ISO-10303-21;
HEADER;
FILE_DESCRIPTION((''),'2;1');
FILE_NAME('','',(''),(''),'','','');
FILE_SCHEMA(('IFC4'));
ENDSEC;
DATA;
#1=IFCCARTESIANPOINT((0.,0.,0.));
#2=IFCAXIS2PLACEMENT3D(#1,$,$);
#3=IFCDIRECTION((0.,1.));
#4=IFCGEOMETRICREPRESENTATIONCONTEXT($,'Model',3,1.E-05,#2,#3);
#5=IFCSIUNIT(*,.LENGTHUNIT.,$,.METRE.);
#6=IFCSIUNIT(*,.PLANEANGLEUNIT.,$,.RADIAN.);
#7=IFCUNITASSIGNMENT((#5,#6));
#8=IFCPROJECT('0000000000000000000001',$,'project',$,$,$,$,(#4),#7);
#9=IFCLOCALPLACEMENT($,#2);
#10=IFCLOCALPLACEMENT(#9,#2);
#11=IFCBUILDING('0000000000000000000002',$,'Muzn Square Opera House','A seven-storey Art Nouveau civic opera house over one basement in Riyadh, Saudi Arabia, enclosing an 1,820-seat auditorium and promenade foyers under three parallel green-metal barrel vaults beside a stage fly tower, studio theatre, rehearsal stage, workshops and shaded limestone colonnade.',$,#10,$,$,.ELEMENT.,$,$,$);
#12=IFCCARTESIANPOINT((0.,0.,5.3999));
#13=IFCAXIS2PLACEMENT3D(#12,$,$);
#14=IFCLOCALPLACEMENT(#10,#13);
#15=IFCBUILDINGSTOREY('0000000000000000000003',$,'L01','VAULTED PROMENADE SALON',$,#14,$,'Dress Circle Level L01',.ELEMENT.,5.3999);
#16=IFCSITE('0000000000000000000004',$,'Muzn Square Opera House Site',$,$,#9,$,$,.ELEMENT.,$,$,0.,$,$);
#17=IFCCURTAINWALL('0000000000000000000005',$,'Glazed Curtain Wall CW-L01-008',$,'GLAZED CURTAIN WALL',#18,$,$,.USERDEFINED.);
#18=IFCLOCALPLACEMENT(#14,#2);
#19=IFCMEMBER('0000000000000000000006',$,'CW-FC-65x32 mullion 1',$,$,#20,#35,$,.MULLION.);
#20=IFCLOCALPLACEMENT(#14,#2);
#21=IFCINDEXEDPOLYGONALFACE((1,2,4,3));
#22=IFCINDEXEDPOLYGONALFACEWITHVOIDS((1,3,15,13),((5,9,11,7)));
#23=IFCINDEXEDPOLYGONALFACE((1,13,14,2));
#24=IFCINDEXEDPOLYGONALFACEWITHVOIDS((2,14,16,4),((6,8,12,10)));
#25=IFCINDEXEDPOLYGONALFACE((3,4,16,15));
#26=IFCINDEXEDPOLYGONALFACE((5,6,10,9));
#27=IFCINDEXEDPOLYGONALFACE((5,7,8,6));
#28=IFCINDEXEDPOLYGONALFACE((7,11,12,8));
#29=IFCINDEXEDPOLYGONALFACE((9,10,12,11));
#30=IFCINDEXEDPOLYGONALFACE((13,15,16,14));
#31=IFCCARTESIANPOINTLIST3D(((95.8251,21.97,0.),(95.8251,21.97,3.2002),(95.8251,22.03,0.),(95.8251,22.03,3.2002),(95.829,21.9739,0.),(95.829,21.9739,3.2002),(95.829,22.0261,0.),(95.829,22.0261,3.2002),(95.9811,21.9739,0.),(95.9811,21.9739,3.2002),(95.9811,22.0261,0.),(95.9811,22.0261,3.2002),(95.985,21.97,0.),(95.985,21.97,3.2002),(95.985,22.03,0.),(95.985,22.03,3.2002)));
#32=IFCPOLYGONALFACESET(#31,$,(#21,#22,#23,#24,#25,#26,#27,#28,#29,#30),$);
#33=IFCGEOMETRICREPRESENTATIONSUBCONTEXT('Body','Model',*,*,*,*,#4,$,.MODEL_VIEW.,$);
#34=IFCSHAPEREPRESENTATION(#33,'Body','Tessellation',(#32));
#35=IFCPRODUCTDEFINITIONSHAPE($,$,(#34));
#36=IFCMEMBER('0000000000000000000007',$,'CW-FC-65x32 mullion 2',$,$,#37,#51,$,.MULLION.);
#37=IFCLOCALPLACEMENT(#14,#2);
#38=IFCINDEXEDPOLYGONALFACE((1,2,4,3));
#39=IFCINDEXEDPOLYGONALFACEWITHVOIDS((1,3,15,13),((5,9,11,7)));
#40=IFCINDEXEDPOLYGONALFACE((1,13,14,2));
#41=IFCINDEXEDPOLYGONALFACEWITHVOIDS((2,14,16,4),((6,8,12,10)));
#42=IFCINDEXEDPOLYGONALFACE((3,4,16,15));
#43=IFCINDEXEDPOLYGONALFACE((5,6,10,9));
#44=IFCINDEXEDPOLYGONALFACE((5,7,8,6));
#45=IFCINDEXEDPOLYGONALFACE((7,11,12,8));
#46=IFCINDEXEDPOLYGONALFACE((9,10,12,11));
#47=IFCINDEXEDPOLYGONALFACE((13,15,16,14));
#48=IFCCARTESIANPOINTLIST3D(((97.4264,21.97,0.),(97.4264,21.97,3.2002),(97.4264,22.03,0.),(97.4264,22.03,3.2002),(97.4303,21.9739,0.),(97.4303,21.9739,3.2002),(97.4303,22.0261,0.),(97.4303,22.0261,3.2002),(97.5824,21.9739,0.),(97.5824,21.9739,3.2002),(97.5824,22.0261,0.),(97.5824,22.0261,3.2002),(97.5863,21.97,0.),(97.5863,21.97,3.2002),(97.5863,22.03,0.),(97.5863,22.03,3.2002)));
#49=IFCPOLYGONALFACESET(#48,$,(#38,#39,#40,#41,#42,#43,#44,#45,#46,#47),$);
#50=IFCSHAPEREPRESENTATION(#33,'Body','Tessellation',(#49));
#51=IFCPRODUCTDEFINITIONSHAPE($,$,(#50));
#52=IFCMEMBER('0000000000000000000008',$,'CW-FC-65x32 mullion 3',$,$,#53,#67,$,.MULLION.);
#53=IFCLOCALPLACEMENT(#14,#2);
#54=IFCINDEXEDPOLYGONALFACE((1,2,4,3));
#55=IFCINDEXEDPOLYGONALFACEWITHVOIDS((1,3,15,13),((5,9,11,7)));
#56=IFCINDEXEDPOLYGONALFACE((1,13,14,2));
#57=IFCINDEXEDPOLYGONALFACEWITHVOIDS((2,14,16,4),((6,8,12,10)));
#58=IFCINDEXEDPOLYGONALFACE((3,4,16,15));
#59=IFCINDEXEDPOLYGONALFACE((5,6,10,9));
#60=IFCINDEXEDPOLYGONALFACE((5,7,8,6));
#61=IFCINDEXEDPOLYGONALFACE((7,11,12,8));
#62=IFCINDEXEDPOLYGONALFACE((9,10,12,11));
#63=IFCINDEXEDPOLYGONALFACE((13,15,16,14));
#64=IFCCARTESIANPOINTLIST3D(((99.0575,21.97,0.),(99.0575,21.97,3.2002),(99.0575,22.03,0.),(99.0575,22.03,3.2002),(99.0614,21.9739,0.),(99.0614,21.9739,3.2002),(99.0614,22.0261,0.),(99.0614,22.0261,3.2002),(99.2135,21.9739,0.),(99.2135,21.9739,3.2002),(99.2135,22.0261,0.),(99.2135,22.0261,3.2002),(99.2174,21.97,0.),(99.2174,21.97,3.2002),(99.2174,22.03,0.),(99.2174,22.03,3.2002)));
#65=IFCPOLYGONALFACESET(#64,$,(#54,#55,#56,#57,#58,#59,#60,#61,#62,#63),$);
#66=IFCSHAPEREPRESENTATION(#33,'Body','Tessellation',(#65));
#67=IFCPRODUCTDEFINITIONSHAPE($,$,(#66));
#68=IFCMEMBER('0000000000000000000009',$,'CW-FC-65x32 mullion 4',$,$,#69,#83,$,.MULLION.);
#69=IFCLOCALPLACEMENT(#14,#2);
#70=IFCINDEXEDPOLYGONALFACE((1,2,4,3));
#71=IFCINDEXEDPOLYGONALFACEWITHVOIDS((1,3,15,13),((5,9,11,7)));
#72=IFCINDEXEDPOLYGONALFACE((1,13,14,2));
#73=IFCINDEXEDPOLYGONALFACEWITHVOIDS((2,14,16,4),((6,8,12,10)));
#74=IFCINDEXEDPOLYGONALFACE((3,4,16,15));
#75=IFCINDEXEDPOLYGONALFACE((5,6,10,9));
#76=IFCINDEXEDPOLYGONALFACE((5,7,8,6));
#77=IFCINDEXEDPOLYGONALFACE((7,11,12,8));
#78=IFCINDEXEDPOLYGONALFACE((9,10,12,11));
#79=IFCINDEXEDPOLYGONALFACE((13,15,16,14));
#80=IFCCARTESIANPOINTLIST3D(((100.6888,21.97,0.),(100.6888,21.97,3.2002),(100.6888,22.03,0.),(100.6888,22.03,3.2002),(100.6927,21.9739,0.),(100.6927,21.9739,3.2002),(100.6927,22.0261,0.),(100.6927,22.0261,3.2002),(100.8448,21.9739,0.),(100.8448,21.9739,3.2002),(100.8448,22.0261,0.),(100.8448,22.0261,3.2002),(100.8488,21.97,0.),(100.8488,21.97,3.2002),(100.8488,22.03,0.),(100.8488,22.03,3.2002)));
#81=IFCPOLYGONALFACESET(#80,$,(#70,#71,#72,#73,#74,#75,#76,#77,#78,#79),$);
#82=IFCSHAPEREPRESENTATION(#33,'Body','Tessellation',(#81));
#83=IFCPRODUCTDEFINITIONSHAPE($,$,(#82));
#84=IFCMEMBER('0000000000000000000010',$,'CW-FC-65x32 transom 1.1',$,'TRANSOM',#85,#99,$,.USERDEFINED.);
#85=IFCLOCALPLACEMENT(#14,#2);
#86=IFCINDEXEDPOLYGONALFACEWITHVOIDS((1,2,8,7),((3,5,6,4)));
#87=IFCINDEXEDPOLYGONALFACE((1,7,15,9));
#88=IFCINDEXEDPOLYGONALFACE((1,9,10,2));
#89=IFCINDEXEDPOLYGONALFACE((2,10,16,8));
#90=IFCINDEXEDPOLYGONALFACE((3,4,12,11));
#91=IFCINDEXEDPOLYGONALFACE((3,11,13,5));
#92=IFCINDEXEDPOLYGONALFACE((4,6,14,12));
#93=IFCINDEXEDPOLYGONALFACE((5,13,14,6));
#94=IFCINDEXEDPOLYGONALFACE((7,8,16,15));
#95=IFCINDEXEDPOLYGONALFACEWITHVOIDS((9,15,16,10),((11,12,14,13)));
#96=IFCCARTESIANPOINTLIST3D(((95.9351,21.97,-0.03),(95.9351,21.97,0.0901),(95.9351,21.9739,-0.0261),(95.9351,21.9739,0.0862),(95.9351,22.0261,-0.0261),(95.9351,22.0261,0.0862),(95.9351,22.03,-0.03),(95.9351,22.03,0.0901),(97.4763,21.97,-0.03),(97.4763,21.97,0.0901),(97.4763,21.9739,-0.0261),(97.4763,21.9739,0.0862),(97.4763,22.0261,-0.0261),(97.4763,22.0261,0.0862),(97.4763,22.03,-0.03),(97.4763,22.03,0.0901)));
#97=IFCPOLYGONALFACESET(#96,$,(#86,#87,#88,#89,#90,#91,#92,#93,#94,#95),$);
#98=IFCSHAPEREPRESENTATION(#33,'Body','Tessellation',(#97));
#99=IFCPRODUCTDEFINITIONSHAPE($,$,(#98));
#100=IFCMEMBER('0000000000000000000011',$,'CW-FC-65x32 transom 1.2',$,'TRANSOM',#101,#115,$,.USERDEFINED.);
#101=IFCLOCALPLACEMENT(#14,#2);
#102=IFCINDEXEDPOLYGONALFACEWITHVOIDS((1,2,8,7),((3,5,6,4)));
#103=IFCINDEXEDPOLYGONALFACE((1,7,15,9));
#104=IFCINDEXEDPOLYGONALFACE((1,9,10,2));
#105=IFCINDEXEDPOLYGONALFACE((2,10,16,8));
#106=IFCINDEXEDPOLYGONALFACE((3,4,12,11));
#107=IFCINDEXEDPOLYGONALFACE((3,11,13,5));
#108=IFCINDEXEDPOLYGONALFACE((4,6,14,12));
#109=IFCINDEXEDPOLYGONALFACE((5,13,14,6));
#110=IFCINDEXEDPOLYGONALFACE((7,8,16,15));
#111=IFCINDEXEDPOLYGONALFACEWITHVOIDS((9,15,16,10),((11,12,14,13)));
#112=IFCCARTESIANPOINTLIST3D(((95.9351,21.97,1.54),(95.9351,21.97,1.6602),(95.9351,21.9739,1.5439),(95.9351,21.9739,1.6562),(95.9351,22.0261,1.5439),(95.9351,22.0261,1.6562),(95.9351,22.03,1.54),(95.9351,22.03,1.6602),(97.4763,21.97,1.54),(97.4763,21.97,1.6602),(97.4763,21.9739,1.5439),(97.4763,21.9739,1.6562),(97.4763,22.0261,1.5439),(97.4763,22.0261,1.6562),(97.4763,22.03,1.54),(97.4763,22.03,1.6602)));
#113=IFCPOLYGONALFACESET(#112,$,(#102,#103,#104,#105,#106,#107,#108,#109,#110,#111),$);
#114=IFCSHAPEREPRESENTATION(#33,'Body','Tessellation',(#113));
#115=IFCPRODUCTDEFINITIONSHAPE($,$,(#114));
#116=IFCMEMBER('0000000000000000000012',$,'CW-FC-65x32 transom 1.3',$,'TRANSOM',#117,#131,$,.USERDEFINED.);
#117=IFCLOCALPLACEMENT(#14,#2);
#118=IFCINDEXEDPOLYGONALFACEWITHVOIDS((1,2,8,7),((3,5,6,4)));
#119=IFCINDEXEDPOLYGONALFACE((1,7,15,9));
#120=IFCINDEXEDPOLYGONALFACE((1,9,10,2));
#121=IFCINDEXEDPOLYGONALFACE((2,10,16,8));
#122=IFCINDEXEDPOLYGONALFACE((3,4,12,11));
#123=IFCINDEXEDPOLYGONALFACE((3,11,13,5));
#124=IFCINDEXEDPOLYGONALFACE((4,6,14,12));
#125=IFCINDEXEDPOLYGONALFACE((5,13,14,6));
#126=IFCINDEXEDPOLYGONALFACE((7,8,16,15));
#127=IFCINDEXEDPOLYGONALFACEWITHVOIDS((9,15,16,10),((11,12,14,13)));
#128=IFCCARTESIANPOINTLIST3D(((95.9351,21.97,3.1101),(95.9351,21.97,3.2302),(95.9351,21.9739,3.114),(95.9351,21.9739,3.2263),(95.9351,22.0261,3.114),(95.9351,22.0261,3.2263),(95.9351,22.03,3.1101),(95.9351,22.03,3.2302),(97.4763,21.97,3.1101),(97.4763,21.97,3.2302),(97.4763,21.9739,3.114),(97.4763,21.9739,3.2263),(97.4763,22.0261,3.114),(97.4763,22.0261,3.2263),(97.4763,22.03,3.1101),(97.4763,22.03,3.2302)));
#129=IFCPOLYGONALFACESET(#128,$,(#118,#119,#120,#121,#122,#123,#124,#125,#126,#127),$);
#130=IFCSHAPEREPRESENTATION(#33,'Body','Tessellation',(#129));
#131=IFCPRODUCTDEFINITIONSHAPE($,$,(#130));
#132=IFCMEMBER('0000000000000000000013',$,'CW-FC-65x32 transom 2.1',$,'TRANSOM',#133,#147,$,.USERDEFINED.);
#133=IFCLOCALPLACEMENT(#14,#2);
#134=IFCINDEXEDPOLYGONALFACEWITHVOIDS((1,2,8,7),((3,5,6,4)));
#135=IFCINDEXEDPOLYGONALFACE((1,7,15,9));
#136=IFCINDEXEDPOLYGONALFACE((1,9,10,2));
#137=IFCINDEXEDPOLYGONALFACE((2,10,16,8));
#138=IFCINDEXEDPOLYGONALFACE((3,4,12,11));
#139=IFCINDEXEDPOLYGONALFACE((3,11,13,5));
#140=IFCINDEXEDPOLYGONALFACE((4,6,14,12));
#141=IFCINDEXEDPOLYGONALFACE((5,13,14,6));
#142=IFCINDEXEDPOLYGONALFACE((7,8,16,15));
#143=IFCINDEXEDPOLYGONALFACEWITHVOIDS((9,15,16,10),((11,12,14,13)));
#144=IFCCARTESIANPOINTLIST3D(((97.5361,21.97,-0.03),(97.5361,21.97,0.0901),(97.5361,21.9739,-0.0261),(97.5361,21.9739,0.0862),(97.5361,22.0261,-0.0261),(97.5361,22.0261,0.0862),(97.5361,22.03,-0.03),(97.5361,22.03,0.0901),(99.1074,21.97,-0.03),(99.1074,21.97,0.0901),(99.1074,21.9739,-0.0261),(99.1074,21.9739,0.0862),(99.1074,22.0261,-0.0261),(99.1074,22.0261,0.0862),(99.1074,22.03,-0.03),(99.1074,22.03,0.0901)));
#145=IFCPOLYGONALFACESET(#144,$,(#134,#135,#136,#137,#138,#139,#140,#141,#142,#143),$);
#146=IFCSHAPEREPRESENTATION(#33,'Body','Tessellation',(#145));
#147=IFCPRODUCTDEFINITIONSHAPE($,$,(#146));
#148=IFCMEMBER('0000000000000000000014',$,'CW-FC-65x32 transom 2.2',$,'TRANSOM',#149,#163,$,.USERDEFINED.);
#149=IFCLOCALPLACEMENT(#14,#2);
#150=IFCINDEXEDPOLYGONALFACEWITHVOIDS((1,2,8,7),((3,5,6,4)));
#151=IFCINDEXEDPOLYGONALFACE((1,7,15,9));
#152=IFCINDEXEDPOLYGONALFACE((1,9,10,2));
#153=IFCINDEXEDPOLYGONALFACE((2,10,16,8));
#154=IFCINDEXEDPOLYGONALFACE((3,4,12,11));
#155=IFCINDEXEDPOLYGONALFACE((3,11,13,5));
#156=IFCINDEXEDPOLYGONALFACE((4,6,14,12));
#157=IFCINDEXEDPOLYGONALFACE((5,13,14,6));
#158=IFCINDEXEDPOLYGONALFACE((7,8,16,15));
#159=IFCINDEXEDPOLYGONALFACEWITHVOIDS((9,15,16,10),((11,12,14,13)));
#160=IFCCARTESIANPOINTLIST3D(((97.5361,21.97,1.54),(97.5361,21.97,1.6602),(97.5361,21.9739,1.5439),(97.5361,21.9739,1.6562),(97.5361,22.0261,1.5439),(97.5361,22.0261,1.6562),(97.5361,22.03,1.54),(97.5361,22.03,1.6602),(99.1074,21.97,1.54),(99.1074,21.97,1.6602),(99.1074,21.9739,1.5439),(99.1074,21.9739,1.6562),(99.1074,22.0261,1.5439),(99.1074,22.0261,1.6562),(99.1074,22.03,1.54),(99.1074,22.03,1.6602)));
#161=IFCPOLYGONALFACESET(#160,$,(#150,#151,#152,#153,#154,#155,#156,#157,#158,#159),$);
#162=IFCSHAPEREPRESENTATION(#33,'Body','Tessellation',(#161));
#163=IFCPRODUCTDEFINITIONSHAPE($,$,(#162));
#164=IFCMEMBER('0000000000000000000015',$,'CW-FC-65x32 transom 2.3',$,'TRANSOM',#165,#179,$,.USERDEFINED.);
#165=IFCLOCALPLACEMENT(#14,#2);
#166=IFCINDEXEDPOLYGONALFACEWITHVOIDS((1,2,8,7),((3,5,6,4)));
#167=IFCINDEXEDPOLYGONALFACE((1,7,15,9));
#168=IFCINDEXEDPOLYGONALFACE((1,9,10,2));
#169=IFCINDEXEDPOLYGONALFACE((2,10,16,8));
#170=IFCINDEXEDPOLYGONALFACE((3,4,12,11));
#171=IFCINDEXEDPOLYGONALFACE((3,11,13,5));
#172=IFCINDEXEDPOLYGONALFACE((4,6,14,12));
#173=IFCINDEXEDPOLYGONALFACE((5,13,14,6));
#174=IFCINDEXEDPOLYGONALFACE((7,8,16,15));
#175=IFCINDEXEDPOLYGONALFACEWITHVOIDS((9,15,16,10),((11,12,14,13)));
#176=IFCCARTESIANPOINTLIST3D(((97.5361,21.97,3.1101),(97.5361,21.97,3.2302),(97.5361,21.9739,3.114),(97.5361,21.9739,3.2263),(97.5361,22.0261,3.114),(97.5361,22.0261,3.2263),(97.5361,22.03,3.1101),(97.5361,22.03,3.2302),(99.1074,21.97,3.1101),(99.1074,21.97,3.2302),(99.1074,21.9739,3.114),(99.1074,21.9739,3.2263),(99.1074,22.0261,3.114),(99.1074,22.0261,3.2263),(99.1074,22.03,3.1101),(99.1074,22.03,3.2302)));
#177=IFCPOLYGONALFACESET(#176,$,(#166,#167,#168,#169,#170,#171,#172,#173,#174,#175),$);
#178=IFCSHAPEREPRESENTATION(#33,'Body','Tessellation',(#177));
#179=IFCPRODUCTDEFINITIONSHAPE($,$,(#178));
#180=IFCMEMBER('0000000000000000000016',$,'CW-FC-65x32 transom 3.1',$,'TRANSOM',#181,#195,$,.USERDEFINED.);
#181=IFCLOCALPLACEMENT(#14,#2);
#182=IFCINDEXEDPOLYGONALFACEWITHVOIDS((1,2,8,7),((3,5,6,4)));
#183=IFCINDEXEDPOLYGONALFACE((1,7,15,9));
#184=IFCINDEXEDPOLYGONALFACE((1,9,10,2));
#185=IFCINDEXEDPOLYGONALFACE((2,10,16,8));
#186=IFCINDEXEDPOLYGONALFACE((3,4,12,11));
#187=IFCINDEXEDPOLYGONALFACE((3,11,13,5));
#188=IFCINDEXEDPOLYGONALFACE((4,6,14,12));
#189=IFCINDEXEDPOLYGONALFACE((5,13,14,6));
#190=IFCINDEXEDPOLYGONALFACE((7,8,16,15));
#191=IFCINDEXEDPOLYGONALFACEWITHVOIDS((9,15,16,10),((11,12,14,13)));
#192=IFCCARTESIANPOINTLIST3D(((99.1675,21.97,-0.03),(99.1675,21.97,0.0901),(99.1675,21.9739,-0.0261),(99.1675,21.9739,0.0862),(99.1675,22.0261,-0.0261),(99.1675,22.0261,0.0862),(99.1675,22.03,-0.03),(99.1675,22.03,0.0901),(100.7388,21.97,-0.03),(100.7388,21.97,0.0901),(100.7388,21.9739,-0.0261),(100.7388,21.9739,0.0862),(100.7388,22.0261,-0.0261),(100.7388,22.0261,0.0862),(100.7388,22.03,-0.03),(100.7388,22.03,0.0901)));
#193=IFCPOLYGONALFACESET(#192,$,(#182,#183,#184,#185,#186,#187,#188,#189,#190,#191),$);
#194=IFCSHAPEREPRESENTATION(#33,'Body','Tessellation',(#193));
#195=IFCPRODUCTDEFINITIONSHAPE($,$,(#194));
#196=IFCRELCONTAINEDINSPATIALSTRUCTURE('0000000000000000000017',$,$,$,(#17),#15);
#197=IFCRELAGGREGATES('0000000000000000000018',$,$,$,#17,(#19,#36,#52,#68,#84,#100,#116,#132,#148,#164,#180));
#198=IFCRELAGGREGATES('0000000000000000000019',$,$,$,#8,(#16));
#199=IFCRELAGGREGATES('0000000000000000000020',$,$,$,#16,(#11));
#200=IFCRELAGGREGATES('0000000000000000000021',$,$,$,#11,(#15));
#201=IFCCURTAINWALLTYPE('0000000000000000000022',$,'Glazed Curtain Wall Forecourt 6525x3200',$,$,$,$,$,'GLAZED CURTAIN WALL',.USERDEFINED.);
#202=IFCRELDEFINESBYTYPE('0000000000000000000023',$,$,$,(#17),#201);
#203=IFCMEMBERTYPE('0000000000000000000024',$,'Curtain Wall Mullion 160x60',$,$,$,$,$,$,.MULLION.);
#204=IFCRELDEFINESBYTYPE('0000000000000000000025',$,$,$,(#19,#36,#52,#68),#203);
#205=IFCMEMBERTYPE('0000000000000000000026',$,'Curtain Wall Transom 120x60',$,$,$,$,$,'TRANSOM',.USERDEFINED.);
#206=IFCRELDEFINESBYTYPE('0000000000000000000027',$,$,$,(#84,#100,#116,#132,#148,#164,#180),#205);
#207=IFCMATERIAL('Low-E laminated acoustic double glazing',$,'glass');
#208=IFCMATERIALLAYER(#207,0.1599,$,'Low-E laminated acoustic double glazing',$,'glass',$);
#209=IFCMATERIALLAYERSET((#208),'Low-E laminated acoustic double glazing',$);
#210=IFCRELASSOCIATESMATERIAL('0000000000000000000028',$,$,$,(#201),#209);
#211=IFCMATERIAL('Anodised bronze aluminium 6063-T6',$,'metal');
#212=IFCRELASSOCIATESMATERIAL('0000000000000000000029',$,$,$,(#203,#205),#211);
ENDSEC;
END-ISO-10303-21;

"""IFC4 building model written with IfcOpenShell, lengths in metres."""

from ifc_helpers import new_model, si_unit, direction, frame, origin, origin_2d, place, context, subcontext, project, spatial, hollow_rectangle, extrude, material, layer, layer_set, material_profile, profile_set, type_object, element, aggregate, save


model = new_model("IFC4")

# Units and contexts
model_context = context("Model", 3, precision=1e-05, world=origin(), true_north=direction((0.0, 1.0)))
body_context = subcontext(model_context, "Body", "Model", "MODEL_VIEW")
ifc_project = project(units=[si_unit("LENGTHUNIT", "METRE"), si_unit("PLANEANGLEUNIT", "RADIAN")], contexts=[model_context])

# Site, building, storey
site_placement = place(None, origin())
site = spatial("IfcSite", under=ifc_project, at=site_placement, Name="Muzn Square Opera House Site", CompositionType="ELEMENT", RefElevation=0.0)
building_placement = place(site_placement, origin())
building = spatial("IfcBuilding", under=site, at=building_placement, Name="Muzn Square Opera House", Description="A seven-storey Art Nouveau civic opera house over one basement in Riyadh, Saudi Arabia, enclosing an 1,820-seat auditorium and promenade foyers under three parallel green-metal barrel vaults beside a stage fly tower, studio theatre, rehearsal stage, workshops and shaded limestone colonnade.", CompositionType="ELEMENT")
storey_placement = place(building_placement, frame((0.0, 0.0, 5.3999)))
storey = spatial("IfcBuildingStorey", under=building, at=storey_placement, Name="L01", Description="VAULTED PROMENADE SALON", LongName="Dress Circle Level L01", CompositionType="ELEMENT", Elevation=5.3999)

# Curtain wall, members
ifc_material_1 = material(Name="Low-E laminated acoustic double glazing", Category="glass")
ifc_layer_1 = layer(ifc_material_1, 0.1599, Name="Low-E laminated acoustic double glazing", Category="glass")
ifc_layer_set_1 = layer_set([ifc_layer_1], Name="Low-E laminated acoustic double glazing")
curtain_wall_type = type_object("IfcCurtainWallType", Name="Glazed Curtain Wall Forecourt 6525x3200", ElementType="GLAZED CURTAIN WALL", PredefinedType="USERDEFINED", material=ifc_layer_set_1)
curtain_wall_placement = place(storey_placement, origin())
curtain_wall = element("IfcCurtainWall", 1, at=curtain_wall_placement, inside=storey, type_object=curtain_wall_type, Name="Glazed Curtain Wall CW-L01-008", ObjectType="GLAZED CURTAIN WALL", PredefinedType="USERDEFINED")
ifc_material_2 = material(Name="Anodised bronze aluminium 6063-T6", Category="metal")
ifc_material_profile_1 = material_profile(ifc_material_2, hollow_rectangle(XDim=0.0601, YDim=0.1599, WallThickness=0.0039, at=origin_2d()), Name="ALU 160x60x4", Category="metal")
ifc_profile_set_1 = profile_set([ifc_material_profile_1], Name="Anodised bronze aluminium 6063-T6")
member_type_1 = type_object("IfcMemberType", Name="Curtain Wall Mullion 160x60", PredefinedType="MULLION", material=ifc_profile_set_1)
member_1_placement = place(storey_placement, frame((95.905, 22.0, 0.0), z_axis=(0.0, 0.0, 1.0), x_axis=(0.0, 1.0, 0.0)))
member_1 = element("IfcMember", 2, at=member_1_placement, type_object=member_type_1, Name="CW-FC-65x32 mullion 1", PredefinedType="MULLION", context=body_context, shape_type="SweptSolid", body=[
    extrude(hollow_rectangle(XDim=0.0601, YDim=0.1599, WallThickness=0.0039, at=origin_2d()), origin(), (0.0, 0.0, 1.0), 3.2002),
])
member_2_placement = place(storey_placement, frame((97.5063, 22.0, 0.0), z_axis=(0.0, 0.0, 1.0), x_axis=(0.0, 1.0, 0.0)))
member_2 = element("IfcMember", 3, at=member_2_placement, type_object=member_type_1, Name="CW-FC-65x32 mullion 2", PredefinedType="MULLION", context=body_context, shape_type="SweptSolid", body=[
    extrude(hollow_rectangle(XDim=0.0601, YDim=0.1599, WallThickness=0.0039, at=origin_2d()), origin(), (0.0, 0.0, 1.0), 3.2002),
])
member_3_placement = place(storey_placement, frame((99.1375, 22.0, 0.0), z_axis=(0.0, 0.0, 1.0), x_axis=(0.0, 1.0, 0.0)))
member_3 = element("IfcMember", 4, at=member_3_placement, type_object=member_type_1, Name="CW-FC-65x32 mullion 3", PredefinedType="MULLION", context=body_context, shape_type="SweptSolid", body=[
    extrude(hollow_rectangle(XDim=0.0601, YDim=0.1599, WallThickness=0.0039, at=origin_2d()), origin(), (0.0, 0.0, 1.0), 3.2002),
])
member_4_placement = place(storey_placement, frame((100.7688, 22.0, 0.0), z_axis=(0.0, 0.0, 1.0), x_axis=(0.0, 1.0, 0.0)))
member_4 = element("IfcMember", 5, at=member_4_placement, type_object=member_type_1, Name="CW-FC-65x32 mullion 4", PredefinedType="MULLION", context=body_context, shape_type="SweptSolid", body=[
    extrude(hollow_rectangle(XDim=0.0601, YDim=0.1599, WallThickness=0.0039, at=origin_2d()), origin(), (0.0, 0.0, 1.0), 3.2002),
])
ifc_material_profile_2 = material_profile(ifc_material_2, hollow_rectangle(XDim=0.0601, YDim=0.1201, WallThickness=0.0039, at=origin_2d()), Name="ALU 120x60x4", Category="metal")
ifc_profile_set_2 = profile_set([ifc_material_profile_2], Name="Anodised bronze aluminium 6063-T6")
member_type_2 = type_object("IfcMemberType", Name="Curtain Wall Transom 120x60", ElementType="TRANSOM", PredefinedType="USERDEFINED", material=ifc_profile_set_2)
member_5_placement = place(storey_placement, frame((95.9351, 22.0, 0.03), z_axis=(1.0, 0.0, 0.0), x_axis=(0.0, 1.0, 0.0)))
member_5 = element("IfcMember", 6, at=member_5_placement, type_object=member_type_2, Name="CW-FC-65x32 transom 1.1", ObjectType="TRANSOM", PredefinedType="USERDEFINED", context=body_context, shape_type="SweptSolid", body=[
    extrude(hollow_rectangle(XDim=0.0601, YDim=0.1201, WallThickness=0.0039, at=origin_2d()), origin(), (0.0, 0.0, 1.0), 1.5413),
])
member_6_placement = place(storey_placement, frame((95.9351, 22.0, 1.6001), z_axis=(1.0, 0.0, 0.0), x_axis=(0.0, 1.0, 0.0)))
member_6 = element("IfcMember", 7, at=member_6_placement, type_object=member_type_2, Name="CW-FC-65x32 transom 1.2", ObjectType="TRANSOM", PredefinedType="USERDEFINED", context=body_context, shape_type="SweptSolid", body=[
    extrude(hollow_rectangle(XDim=0.0601, YDim=0.1201, WallThickness=0.0039, at=origin_2d()), origin(), (0.0, 0.0, 1.0), 1.5413),
])
member_7_placement = place(storey_placement, frame((95.9351, 22.0, 3.1702), z_axis=(1.0, 0.0, 0.0), x_axis=(0.0, 1.0, 0.0)))
member_7 = element("IfcMember", 8, at=member_7_placement, type_object=member_type_2, Name="CW-FC-65x32 transom 1.3", ObjectType="TRANSOM", PredefinedType="USERDEFINED", context=body_context, shape_type="SweptSolid", body=[
    extrude(hollow_rectangle(XDim=0.0601, YDim=0.1201, WallThickness=0.0039, at=origin_2d()), origin(), (0.0, 0.0, 1.0), 1.5413),
])
member_8_placement = place(storey_placement, frame((97.5361, 22.0, 0.03), z_axis=(1.0, 0.0, 0.0), x_axis=(0.0, 1.0, 0.0)))
member_8 = element("IfcMember", 9, at=member_8_placement, type_object=member_type_2, Name="CW-FC-65x32 transom 2.1", ObjectType="TRANSOM", PredefinedType="USERDEFINED", context=body_context, shape_type="SweptSolid", body=[
    extrude(hollow_rectangle(XDim=0.0601, YDim=0.1201, WallThickness=0.0039, at=origin_2d()), origin(), (0.0, 0.0, 1.0), 1.5713),
])
member_9_placement = place(storey_placement, frame((97.5361, 22.0, 1.6001), z_axis=(1.0, 0.0, 0.0), x_axis=(0.0, 1.0, 0.0)))
member_9 = element("IfcMember", 10, at=member_9_placement, type_object=member_type_2, Name="CW-FC-65x32 transom 2.2", ObjectType="TRANSOM", PredefinedType="USERDEFINED", context=body_context, shape_type="SweptSolid", body=[
    extrude(hollow_rectangle(XDim=0.0601, YDim=0.1201, WallThickness=0.0039, at=origin_2d()), origin(), (0.0, 0.0, 1.0), 1.5713),
])
member_10_placement = place(storey_placement, frame((97.5361, 22.0, 3.1702), z_axis=(1.0, 0.0, 0.0), x_axis=(0.0, 1.0, 0.0)))
member_10 = element("IfcMember", 11, at=member_10_placement, type_object=member_type_2, Name="CW-FC-65x32 transom 2.3", ObjectType="TRANSOM", PredefinedType="USERDEFINED", context=body_context, shape_type="SweptSolid", body=[
    extrude(hollow_rectangle(XDim=0.0601, YDim=0.1201, WallThickness=0.0039, at=origin_2d()), origin(), (0.0, 0.0, 1.0), 1.5713),
])
member_11_placement = place(storey_placement, frame((99.1675, 22.0, 0.03), z_axis=(1.0, 0.0, 0.0), x_axis=(0.0, 1.0, 0.0)))
member_11 = element("IfcMember", 12, at=member_11_placement, type_object=member_type_2, Name="CW-FC-65x32 transom 3.1", ObjectType="TRANSOM", PredefinedType="USERDEFINED", context=body_context, shape_type="SweptSolid", body=[
    extrude(hollow_rectangle(XDim=0.0601, YDim=0.1201, WallThickness=0.0039, at=origin_2d()), origin(), (0.0, 0.0, 1.0), 1.5713),
])
aggregate(curtain_wall, [member_1, member_2, member_3, member_4, member_5, member_6, member_7, member_8, member_9, member_10, member_11])

save(model, "model.ifc")
